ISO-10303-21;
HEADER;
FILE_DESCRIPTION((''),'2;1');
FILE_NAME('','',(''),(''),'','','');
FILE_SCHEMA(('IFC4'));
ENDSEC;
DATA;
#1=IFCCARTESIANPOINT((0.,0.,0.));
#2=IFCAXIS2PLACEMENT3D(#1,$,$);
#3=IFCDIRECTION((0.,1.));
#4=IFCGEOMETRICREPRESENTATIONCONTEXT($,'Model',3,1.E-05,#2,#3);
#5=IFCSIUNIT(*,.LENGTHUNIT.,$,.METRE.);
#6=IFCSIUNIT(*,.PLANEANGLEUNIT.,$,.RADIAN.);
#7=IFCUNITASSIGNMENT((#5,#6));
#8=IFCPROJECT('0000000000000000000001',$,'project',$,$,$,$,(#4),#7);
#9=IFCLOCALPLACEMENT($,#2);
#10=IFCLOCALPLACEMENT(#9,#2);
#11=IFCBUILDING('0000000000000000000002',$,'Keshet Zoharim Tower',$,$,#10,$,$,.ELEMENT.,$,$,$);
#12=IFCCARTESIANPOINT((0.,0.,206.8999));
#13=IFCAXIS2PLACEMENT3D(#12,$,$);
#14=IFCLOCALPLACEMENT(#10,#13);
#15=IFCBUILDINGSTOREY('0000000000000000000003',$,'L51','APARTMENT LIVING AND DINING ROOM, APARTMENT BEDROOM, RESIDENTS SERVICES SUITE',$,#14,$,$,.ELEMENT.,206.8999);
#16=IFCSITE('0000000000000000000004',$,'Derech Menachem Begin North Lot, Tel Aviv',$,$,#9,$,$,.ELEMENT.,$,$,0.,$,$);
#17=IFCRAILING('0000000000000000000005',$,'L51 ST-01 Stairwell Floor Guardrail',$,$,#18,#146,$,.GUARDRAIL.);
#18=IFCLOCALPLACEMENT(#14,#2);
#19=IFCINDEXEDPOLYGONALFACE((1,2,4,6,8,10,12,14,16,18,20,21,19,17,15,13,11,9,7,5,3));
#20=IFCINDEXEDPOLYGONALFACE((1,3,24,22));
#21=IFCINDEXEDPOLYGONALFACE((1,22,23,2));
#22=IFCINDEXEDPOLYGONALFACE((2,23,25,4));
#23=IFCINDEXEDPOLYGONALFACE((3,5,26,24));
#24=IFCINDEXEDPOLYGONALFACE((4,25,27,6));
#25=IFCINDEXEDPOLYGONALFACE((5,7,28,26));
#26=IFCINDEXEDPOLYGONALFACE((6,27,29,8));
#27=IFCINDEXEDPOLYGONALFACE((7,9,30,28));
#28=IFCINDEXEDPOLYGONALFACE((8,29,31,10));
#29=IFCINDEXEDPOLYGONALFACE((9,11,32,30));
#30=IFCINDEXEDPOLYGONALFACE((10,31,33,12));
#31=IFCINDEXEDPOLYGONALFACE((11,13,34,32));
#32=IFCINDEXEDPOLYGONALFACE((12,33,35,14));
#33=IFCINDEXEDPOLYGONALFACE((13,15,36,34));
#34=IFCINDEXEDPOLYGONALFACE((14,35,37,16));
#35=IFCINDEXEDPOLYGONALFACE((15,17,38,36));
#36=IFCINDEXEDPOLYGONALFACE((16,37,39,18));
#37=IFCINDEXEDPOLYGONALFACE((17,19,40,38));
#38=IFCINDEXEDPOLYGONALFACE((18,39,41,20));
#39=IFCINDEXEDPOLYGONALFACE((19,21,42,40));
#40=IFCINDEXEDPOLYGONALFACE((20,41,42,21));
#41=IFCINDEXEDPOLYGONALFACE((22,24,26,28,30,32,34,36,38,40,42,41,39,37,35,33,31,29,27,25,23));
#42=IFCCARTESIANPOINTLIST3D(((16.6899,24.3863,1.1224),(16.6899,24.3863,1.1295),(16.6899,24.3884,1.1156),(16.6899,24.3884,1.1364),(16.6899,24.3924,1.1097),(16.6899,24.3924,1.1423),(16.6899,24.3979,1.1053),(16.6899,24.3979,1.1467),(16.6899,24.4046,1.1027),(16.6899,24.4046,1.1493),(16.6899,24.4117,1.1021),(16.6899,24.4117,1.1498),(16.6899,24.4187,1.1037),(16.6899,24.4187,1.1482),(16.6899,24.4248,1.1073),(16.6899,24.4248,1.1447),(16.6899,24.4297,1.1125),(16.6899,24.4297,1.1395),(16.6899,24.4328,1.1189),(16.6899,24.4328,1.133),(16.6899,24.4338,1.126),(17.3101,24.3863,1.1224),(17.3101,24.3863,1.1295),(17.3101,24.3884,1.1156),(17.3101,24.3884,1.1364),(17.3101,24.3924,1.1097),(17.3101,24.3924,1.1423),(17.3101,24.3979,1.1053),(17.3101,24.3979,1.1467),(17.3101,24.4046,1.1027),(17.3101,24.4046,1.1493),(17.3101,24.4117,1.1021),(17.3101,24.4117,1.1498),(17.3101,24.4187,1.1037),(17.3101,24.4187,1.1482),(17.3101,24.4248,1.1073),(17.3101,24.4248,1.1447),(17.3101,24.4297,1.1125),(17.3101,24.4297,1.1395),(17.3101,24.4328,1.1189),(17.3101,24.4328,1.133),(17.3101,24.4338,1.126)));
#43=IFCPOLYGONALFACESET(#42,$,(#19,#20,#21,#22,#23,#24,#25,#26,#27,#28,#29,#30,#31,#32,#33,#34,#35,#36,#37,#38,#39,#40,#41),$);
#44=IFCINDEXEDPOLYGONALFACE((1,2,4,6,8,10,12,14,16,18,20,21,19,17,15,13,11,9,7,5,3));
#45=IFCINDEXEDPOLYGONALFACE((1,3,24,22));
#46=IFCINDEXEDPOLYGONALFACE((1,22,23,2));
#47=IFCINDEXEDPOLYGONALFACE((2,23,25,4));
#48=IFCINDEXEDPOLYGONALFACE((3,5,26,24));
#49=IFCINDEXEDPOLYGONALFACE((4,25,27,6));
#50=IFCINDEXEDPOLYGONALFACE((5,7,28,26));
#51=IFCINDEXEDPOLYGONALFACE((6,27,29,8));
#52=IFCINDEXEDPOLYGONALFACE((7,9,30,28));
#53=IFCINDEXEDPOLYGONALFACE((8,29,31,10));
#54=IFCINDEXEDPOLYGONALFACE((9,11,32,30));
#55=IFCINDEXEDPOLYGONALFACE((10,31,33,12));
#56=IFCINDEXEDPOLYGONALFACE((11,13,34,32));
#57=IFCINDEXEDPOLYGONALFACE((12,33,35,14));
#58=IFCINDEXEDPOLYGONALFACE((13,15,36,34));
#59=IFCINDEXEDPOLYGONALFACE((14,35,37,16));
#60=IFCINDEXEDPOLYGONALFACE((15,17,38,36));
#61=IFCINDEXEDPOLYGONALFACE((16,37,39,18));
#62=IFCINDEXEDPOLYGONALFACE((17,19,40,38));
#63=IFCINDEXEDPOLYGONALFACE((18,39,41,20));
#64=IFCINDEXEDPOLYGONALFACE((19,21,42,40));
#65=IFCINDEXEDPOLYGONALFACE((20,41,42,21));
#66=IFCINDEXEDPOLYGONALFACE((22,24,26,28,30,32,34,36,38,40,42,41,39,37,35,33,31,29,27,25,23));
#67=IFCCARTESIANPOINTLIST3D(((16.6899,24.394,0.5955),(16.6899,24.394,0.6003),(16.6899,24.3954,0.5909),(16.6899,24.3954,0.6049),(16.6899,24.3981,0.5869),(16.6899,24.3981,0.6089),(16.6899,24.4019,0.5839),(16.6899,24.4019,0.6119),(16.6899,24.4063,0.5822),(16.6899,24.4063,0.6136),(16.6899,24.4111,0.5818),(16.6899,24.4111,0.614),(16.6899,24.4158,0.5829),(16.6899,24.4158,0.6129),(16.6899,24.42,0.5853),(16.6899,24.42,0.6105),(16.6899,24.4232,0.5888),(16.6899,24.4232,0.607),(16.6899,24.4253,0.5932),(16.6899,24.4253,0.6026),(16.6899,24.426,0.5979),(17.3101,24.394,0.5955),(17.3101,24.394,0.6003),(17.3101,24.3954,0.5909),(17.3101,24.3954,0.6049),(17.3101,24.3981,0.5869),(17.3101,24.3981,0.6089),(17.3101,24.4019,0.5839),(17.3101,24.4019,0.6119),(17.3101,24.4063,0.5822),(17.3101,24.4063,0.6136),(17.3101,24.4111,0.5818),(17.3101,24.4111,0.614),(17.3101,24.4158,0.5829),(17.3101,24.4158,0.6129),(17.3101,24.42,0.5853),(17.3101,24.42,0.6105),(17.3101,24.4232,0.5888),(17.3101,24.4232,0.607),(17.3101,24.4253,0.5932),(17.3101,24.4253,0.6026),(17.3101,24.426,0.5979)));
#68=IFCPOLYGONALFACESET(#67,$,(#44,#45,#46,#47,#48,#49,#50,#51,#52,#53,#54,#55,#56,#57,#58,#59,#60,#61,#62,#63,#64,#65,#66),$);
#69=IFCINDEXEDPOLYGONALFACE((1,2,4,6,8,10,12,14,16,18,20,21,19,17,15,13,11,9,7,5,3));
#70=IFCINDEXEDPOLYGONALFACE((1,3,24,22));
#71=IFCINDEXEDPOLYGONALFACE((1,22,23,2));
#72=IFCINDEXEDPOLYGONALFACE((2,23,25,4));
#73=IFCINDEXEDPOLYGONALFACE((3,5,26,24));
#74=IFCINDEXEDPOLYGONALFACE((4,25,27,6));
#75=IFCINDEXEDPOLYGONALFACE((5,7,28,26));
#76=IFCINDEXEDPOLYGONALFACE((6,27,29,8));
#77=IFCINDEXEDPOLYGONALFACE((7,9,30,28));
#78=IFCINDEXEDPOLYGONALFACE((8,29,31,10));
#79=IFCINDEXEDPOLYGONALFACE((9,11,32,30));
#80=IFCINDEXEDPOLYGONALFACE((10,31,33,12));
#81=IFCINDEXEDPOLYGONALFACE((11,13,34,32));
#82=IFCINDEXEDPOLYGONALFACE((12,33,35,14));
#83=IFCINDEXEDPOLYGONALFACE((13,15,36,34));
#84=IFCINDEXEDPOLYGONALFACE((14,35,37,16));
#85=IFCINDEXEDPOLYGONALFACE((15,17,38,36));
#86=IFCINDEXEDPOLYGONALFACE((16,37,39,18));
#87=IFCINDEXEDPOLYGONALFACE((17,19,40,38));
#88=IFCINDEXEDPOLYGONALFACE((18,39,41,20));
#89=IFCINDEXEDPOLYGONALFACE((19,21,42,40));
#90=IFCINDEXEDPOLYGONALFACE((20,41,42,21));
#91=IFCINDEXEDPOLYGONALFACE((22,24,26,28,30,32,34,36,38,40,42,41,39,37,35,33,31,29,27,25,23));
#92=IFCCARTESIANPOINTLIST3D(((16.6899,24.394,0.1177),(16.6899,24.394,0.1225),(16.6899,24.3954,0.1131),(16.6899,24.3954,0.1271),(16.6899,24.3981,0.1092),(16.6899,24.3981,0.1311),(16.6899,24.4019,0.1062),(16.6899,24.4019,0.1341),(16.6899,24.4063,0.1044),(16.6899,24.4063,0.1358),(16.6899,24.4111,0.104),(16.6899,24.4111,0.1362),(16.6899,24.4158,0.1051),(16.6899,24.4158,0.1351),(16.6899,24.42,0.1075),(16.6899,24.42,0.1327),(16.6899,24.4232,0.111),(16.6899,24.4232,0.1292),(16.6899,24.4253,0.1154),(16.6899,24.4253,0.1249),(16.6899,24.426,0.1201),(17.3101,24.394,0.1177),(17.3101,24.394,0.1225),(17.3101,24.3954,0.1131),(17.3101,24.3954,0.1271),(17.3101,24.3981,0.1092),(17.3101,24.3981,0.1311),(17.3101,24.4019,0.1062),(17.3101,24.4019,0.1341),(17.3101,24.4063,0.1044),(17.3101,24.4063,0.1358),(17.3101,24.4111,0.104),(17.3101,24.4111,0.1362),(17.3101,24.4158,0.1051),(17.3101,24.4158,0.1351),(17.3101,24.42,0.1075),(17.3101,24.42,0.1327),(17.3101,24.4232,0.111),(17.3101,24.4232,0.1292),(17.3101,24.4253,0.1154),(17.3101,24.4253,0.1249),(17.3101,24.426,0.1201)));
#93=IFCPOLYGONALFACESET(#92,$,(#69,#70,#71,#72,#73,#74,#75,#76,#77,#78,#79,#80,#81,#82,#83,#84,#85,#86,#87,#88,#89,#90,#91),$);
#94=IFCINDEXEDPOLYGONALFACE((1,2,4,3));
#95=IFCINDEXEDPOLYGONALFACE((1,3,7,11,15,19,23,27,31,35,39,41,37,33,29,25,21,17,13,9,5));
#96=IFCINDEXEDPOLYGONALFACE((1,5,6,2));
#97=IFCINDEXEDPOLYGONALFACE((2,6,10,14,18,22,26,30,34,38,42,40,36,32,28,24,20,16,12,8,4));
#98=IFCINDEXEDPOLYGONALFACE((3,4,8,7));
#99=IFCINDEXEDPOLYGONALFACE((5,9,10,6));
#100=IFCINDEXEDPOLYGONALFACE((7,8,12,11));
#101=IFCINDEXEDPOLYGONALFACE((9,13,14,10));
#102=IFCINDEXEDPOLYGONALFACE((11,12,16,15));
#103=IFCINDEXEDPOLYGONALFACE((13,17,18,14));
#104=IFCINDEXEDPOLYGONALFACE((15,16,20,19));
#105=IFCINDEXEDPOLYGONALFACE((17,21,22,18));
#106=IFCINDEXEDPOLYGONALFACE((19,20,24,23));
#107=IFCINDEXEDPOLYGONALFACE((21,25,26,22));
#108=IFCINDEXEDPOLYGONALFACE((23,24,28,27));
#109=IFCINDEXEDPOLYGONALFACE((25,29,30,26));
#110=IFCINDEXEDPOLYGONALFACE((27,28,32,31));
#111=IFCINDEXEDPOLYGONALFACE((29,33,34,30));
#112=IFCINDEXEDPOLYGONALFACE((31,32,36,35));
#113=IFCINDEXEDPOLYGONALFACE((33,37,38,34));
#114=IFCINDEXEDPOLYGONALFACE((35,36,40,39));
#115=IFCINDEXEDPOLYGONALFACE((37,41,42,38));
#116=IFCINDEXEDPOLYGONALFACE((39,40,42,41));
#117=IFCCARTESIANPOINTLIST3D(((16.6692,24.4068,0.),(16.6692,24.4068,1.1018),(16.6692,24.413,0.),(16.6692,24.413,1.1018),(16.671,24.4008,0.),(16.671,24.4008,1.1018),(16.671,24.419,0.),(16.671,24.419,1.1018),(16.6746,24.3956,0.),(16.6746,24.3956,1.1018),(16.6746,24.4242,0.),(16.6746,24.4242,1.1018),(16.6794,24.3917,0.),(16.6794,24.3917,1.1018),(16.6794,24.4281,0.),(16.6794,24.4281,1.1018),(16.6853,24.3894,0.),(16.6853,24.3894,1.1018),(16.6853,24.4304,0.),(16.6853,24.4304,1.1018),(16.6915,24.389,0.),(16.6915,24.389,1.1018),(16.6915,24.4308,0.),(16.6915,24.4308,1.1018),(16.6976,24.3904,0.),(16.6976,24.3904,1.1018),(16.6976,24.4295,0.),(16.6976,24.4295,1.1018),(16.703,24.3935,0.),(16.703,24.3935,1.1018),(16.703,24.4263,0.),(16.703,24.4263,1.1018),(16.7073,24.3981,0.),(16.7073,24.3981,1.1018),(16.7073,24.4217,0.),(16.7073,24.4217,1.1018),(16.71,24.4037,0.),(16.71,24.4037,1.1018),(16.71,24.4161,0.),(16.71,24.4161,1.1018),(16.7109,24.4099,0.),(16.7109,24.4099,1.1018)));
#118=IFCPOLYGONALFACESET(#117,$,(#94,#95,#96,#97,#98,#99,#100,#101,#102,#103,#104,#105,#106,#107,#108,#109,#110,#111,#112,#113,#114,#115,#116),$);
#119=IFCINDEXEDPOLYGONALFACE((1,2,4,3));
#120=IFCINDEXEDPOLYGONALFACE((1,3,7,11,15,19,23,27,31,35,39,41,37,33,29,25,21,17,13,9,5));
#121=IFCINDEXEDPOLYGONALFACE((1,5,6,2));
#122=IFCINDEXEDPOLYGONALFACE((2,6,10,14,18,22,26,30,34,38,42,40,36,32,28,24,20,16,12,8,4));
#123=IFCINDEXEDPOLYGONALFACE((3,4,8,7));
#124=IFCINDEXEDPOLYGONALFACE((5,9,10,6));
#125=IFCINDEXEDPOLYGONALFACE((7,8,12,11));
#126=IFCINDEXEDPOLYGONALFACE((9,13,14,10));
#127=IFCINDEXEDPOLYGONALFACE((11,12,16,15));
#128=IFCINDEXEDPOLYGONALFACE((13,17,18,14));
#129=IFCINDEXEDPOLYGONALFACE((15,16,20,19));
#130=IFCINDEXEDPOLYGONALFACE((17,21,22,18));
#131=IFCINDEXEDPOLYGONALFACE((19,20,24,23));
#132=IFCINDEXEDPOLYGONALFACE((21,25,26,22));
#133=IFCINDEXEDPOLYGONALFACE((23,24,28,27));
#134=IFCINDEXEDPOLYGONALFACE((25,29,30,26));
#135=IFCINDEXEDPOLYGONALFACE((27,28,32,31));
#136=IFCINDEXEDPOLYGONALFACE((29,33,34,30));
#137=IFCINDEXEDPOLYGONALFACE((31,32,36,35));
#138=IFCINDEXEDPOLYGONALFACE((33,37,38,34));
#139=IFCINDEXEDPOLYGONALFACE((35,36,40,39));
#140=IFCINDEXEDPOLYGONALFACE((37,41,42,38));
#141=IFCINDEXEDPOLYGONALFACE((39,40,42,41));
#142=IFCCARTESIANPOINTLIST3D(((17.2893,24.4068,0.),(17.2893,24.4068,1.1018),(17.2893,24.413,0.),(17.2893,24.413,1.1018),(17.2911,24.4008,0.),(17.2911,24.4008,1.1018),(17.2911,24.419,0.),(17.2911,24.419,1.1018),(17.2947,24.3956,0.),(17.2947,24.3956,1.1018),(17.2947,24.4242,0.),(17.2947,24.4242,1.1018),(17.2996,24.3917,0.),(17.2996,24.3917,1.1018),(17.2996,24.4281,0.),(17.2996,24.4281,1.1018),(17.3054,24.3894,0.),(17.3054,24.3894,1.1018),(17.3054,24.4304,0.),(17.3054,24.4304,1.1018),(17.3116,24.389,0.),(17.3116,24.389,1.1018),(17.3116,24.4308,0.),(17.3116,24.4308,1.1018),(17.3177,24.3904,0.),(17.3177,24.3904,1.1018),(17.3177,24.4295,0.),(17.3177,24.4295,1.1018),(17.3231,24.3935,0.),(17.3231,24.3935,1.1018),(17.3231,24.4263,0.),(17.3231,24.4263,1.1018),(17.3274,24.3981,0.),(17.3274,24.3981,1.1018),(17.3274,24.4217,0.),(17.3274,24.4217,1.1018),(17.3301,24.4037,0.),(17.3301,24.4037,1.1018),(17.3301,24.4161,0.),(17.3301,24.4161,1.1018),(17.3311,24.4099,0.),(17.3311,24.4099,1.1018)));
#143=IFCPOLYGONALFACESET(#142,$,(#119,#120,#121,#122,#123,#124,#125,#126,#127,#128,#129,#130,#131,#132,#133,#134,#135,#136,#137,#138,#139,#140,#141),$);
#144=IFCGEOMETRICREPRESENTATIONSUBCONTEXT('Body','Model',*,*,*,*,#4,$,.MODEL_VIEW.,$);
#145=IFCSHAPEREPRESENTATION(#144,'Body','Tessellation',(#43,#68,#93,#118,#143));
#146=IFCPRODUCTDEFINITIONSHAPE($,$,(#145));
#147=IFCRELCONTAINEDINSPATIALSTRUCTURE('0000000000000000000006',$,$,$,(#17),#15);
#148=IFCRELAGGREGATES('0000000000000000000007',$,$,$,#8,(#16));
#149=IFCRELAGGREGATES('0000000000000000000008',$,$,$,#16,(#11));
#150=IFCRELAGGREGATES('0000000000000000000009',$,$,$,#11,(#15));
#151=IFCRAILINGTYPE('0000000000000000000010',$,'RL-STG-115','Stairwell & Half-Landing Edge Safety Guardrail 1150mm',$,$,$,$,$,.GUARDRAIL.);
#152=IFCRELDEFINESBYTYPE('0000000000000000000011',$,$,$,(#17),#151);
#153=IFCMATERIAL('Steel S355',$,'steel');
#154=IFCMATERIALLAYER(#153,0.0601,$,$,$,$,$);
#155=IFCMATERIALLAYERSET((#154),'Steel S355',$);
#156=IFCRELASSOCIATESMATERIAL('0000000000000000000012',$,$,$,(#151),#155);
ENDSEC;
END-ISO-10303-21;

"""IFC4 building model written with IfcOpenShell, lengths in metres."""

from ifc_helpers import new_model, si_unit, direction, frame, origin, origin_2d, place, context, subcontext, project, spatial, circle, extrude, material, layer, layer_set, type_object, element, save


model = new_model("IFC4")

# Units and contexts
model_context = context("Model", 3, precision=1e-05, world=origin(), true_north=direction((0.0, 1.0)))
body_context = subcontext(model_context, "Body", "Model", "MODEL_VIEW")
ifc_project = project(units=[si_unit("LENGTHUNIT", "METRE"), si_unit("PLANEANGLEUNIT", "RADIAN")], contexts=[model_context])

# Site, building, storey
site_placement = place(None, origin())
site = spatial("IfcSite", under=ifc_project, at=site_placement, Name="Derech Menachem Begin North Lot, Tel Aviv", CompositionType="ELEMENT", RefElevation=0.0)
building_placement = place(site_placement, origin())
building = spatial("IfcBuilding", under=site, at=building_placement, Name="Keshet Zoharim Tower", CompositionType="ELEMENT")
storey_placement = place(building_placement, frame((0.0, 0.0, 206.8999)))
storey = spatial("IfcBuildingStorey", under=building, at=storey_placement, Name="L51", Description="APARTMENT LIVING AND DINING ROOM, APARTMENT BEDROOM, RESIDENTS SERVICES SUITE", CompositionType="ELEMENT", Elevation=206.8999)

# Railing
ifc_material_1 = material(Name="Steel S355", Category="steel")
ifc_layer_1 = layer(ifc_material_1, 0.0601)
ifc_layer_set_1 = layer_set([ifc_layer_1], Name="Steel S355")
railing_type_1 = type_object("IfcRailingType", Name="RL-STG-115", Description="Stairwell & Half-Landing Edge Safety Guardrail 1150mm", PredefinedType="GUARDRAIL", material=ifc_layer_set_1)
railing_1_placement = place(storey_placement, frame((16.6899, 24.4099, 0.0)))
element("IfcRailing", 1, at=railing_1_placement, inside=storey, type_object=railing_type_1, Name="L51 ST-01 Stairwell Floor Guardrail", PredefinedType="GUARDRAIL", context=body_context, shape_type="SweptSolid", body=[
    extrude(circle(Radius=0.0239, at=origin_2d()), frame((0.0, 0.0, 1.126), z_axis=(1.0, 0.0, 0.0), x_axis=(0.0, 1.0, 0.0)), (0.0, 0.0, 1.0), 0.6201),
    extrude(circle(Radius=0.0161, at=origin_2d()), frame((0.0, 0.0, 0.5979), z_axis=(1.0, 0.0, 0.0), x_axis=(0.0, 1.0, 0.0)), (0.0, 0.0, 1.0), 0.6201),
    extrude(circle(Radius=0.0161, at=origin_2d()), frame((0.0, 0.0, 0.1201), z_axis=(1.0, 0.0, 0.0), x_axis=(0.0, 1.0, 0.0)), (0.0, 0.0, 1.0), 0.6201),
    extrude(circle(Radius=0.021, at=origin_2d()), origin(), (0.0, 0.0, 1.0), 1.1018),
    extrude(circle(Radius=0.021, at=origin_2d()), frame((0.6201, 0.0, 0.0)), (0.0, 0.0, 1.0), 1.1018),
])

save(model, "model.ifc")
